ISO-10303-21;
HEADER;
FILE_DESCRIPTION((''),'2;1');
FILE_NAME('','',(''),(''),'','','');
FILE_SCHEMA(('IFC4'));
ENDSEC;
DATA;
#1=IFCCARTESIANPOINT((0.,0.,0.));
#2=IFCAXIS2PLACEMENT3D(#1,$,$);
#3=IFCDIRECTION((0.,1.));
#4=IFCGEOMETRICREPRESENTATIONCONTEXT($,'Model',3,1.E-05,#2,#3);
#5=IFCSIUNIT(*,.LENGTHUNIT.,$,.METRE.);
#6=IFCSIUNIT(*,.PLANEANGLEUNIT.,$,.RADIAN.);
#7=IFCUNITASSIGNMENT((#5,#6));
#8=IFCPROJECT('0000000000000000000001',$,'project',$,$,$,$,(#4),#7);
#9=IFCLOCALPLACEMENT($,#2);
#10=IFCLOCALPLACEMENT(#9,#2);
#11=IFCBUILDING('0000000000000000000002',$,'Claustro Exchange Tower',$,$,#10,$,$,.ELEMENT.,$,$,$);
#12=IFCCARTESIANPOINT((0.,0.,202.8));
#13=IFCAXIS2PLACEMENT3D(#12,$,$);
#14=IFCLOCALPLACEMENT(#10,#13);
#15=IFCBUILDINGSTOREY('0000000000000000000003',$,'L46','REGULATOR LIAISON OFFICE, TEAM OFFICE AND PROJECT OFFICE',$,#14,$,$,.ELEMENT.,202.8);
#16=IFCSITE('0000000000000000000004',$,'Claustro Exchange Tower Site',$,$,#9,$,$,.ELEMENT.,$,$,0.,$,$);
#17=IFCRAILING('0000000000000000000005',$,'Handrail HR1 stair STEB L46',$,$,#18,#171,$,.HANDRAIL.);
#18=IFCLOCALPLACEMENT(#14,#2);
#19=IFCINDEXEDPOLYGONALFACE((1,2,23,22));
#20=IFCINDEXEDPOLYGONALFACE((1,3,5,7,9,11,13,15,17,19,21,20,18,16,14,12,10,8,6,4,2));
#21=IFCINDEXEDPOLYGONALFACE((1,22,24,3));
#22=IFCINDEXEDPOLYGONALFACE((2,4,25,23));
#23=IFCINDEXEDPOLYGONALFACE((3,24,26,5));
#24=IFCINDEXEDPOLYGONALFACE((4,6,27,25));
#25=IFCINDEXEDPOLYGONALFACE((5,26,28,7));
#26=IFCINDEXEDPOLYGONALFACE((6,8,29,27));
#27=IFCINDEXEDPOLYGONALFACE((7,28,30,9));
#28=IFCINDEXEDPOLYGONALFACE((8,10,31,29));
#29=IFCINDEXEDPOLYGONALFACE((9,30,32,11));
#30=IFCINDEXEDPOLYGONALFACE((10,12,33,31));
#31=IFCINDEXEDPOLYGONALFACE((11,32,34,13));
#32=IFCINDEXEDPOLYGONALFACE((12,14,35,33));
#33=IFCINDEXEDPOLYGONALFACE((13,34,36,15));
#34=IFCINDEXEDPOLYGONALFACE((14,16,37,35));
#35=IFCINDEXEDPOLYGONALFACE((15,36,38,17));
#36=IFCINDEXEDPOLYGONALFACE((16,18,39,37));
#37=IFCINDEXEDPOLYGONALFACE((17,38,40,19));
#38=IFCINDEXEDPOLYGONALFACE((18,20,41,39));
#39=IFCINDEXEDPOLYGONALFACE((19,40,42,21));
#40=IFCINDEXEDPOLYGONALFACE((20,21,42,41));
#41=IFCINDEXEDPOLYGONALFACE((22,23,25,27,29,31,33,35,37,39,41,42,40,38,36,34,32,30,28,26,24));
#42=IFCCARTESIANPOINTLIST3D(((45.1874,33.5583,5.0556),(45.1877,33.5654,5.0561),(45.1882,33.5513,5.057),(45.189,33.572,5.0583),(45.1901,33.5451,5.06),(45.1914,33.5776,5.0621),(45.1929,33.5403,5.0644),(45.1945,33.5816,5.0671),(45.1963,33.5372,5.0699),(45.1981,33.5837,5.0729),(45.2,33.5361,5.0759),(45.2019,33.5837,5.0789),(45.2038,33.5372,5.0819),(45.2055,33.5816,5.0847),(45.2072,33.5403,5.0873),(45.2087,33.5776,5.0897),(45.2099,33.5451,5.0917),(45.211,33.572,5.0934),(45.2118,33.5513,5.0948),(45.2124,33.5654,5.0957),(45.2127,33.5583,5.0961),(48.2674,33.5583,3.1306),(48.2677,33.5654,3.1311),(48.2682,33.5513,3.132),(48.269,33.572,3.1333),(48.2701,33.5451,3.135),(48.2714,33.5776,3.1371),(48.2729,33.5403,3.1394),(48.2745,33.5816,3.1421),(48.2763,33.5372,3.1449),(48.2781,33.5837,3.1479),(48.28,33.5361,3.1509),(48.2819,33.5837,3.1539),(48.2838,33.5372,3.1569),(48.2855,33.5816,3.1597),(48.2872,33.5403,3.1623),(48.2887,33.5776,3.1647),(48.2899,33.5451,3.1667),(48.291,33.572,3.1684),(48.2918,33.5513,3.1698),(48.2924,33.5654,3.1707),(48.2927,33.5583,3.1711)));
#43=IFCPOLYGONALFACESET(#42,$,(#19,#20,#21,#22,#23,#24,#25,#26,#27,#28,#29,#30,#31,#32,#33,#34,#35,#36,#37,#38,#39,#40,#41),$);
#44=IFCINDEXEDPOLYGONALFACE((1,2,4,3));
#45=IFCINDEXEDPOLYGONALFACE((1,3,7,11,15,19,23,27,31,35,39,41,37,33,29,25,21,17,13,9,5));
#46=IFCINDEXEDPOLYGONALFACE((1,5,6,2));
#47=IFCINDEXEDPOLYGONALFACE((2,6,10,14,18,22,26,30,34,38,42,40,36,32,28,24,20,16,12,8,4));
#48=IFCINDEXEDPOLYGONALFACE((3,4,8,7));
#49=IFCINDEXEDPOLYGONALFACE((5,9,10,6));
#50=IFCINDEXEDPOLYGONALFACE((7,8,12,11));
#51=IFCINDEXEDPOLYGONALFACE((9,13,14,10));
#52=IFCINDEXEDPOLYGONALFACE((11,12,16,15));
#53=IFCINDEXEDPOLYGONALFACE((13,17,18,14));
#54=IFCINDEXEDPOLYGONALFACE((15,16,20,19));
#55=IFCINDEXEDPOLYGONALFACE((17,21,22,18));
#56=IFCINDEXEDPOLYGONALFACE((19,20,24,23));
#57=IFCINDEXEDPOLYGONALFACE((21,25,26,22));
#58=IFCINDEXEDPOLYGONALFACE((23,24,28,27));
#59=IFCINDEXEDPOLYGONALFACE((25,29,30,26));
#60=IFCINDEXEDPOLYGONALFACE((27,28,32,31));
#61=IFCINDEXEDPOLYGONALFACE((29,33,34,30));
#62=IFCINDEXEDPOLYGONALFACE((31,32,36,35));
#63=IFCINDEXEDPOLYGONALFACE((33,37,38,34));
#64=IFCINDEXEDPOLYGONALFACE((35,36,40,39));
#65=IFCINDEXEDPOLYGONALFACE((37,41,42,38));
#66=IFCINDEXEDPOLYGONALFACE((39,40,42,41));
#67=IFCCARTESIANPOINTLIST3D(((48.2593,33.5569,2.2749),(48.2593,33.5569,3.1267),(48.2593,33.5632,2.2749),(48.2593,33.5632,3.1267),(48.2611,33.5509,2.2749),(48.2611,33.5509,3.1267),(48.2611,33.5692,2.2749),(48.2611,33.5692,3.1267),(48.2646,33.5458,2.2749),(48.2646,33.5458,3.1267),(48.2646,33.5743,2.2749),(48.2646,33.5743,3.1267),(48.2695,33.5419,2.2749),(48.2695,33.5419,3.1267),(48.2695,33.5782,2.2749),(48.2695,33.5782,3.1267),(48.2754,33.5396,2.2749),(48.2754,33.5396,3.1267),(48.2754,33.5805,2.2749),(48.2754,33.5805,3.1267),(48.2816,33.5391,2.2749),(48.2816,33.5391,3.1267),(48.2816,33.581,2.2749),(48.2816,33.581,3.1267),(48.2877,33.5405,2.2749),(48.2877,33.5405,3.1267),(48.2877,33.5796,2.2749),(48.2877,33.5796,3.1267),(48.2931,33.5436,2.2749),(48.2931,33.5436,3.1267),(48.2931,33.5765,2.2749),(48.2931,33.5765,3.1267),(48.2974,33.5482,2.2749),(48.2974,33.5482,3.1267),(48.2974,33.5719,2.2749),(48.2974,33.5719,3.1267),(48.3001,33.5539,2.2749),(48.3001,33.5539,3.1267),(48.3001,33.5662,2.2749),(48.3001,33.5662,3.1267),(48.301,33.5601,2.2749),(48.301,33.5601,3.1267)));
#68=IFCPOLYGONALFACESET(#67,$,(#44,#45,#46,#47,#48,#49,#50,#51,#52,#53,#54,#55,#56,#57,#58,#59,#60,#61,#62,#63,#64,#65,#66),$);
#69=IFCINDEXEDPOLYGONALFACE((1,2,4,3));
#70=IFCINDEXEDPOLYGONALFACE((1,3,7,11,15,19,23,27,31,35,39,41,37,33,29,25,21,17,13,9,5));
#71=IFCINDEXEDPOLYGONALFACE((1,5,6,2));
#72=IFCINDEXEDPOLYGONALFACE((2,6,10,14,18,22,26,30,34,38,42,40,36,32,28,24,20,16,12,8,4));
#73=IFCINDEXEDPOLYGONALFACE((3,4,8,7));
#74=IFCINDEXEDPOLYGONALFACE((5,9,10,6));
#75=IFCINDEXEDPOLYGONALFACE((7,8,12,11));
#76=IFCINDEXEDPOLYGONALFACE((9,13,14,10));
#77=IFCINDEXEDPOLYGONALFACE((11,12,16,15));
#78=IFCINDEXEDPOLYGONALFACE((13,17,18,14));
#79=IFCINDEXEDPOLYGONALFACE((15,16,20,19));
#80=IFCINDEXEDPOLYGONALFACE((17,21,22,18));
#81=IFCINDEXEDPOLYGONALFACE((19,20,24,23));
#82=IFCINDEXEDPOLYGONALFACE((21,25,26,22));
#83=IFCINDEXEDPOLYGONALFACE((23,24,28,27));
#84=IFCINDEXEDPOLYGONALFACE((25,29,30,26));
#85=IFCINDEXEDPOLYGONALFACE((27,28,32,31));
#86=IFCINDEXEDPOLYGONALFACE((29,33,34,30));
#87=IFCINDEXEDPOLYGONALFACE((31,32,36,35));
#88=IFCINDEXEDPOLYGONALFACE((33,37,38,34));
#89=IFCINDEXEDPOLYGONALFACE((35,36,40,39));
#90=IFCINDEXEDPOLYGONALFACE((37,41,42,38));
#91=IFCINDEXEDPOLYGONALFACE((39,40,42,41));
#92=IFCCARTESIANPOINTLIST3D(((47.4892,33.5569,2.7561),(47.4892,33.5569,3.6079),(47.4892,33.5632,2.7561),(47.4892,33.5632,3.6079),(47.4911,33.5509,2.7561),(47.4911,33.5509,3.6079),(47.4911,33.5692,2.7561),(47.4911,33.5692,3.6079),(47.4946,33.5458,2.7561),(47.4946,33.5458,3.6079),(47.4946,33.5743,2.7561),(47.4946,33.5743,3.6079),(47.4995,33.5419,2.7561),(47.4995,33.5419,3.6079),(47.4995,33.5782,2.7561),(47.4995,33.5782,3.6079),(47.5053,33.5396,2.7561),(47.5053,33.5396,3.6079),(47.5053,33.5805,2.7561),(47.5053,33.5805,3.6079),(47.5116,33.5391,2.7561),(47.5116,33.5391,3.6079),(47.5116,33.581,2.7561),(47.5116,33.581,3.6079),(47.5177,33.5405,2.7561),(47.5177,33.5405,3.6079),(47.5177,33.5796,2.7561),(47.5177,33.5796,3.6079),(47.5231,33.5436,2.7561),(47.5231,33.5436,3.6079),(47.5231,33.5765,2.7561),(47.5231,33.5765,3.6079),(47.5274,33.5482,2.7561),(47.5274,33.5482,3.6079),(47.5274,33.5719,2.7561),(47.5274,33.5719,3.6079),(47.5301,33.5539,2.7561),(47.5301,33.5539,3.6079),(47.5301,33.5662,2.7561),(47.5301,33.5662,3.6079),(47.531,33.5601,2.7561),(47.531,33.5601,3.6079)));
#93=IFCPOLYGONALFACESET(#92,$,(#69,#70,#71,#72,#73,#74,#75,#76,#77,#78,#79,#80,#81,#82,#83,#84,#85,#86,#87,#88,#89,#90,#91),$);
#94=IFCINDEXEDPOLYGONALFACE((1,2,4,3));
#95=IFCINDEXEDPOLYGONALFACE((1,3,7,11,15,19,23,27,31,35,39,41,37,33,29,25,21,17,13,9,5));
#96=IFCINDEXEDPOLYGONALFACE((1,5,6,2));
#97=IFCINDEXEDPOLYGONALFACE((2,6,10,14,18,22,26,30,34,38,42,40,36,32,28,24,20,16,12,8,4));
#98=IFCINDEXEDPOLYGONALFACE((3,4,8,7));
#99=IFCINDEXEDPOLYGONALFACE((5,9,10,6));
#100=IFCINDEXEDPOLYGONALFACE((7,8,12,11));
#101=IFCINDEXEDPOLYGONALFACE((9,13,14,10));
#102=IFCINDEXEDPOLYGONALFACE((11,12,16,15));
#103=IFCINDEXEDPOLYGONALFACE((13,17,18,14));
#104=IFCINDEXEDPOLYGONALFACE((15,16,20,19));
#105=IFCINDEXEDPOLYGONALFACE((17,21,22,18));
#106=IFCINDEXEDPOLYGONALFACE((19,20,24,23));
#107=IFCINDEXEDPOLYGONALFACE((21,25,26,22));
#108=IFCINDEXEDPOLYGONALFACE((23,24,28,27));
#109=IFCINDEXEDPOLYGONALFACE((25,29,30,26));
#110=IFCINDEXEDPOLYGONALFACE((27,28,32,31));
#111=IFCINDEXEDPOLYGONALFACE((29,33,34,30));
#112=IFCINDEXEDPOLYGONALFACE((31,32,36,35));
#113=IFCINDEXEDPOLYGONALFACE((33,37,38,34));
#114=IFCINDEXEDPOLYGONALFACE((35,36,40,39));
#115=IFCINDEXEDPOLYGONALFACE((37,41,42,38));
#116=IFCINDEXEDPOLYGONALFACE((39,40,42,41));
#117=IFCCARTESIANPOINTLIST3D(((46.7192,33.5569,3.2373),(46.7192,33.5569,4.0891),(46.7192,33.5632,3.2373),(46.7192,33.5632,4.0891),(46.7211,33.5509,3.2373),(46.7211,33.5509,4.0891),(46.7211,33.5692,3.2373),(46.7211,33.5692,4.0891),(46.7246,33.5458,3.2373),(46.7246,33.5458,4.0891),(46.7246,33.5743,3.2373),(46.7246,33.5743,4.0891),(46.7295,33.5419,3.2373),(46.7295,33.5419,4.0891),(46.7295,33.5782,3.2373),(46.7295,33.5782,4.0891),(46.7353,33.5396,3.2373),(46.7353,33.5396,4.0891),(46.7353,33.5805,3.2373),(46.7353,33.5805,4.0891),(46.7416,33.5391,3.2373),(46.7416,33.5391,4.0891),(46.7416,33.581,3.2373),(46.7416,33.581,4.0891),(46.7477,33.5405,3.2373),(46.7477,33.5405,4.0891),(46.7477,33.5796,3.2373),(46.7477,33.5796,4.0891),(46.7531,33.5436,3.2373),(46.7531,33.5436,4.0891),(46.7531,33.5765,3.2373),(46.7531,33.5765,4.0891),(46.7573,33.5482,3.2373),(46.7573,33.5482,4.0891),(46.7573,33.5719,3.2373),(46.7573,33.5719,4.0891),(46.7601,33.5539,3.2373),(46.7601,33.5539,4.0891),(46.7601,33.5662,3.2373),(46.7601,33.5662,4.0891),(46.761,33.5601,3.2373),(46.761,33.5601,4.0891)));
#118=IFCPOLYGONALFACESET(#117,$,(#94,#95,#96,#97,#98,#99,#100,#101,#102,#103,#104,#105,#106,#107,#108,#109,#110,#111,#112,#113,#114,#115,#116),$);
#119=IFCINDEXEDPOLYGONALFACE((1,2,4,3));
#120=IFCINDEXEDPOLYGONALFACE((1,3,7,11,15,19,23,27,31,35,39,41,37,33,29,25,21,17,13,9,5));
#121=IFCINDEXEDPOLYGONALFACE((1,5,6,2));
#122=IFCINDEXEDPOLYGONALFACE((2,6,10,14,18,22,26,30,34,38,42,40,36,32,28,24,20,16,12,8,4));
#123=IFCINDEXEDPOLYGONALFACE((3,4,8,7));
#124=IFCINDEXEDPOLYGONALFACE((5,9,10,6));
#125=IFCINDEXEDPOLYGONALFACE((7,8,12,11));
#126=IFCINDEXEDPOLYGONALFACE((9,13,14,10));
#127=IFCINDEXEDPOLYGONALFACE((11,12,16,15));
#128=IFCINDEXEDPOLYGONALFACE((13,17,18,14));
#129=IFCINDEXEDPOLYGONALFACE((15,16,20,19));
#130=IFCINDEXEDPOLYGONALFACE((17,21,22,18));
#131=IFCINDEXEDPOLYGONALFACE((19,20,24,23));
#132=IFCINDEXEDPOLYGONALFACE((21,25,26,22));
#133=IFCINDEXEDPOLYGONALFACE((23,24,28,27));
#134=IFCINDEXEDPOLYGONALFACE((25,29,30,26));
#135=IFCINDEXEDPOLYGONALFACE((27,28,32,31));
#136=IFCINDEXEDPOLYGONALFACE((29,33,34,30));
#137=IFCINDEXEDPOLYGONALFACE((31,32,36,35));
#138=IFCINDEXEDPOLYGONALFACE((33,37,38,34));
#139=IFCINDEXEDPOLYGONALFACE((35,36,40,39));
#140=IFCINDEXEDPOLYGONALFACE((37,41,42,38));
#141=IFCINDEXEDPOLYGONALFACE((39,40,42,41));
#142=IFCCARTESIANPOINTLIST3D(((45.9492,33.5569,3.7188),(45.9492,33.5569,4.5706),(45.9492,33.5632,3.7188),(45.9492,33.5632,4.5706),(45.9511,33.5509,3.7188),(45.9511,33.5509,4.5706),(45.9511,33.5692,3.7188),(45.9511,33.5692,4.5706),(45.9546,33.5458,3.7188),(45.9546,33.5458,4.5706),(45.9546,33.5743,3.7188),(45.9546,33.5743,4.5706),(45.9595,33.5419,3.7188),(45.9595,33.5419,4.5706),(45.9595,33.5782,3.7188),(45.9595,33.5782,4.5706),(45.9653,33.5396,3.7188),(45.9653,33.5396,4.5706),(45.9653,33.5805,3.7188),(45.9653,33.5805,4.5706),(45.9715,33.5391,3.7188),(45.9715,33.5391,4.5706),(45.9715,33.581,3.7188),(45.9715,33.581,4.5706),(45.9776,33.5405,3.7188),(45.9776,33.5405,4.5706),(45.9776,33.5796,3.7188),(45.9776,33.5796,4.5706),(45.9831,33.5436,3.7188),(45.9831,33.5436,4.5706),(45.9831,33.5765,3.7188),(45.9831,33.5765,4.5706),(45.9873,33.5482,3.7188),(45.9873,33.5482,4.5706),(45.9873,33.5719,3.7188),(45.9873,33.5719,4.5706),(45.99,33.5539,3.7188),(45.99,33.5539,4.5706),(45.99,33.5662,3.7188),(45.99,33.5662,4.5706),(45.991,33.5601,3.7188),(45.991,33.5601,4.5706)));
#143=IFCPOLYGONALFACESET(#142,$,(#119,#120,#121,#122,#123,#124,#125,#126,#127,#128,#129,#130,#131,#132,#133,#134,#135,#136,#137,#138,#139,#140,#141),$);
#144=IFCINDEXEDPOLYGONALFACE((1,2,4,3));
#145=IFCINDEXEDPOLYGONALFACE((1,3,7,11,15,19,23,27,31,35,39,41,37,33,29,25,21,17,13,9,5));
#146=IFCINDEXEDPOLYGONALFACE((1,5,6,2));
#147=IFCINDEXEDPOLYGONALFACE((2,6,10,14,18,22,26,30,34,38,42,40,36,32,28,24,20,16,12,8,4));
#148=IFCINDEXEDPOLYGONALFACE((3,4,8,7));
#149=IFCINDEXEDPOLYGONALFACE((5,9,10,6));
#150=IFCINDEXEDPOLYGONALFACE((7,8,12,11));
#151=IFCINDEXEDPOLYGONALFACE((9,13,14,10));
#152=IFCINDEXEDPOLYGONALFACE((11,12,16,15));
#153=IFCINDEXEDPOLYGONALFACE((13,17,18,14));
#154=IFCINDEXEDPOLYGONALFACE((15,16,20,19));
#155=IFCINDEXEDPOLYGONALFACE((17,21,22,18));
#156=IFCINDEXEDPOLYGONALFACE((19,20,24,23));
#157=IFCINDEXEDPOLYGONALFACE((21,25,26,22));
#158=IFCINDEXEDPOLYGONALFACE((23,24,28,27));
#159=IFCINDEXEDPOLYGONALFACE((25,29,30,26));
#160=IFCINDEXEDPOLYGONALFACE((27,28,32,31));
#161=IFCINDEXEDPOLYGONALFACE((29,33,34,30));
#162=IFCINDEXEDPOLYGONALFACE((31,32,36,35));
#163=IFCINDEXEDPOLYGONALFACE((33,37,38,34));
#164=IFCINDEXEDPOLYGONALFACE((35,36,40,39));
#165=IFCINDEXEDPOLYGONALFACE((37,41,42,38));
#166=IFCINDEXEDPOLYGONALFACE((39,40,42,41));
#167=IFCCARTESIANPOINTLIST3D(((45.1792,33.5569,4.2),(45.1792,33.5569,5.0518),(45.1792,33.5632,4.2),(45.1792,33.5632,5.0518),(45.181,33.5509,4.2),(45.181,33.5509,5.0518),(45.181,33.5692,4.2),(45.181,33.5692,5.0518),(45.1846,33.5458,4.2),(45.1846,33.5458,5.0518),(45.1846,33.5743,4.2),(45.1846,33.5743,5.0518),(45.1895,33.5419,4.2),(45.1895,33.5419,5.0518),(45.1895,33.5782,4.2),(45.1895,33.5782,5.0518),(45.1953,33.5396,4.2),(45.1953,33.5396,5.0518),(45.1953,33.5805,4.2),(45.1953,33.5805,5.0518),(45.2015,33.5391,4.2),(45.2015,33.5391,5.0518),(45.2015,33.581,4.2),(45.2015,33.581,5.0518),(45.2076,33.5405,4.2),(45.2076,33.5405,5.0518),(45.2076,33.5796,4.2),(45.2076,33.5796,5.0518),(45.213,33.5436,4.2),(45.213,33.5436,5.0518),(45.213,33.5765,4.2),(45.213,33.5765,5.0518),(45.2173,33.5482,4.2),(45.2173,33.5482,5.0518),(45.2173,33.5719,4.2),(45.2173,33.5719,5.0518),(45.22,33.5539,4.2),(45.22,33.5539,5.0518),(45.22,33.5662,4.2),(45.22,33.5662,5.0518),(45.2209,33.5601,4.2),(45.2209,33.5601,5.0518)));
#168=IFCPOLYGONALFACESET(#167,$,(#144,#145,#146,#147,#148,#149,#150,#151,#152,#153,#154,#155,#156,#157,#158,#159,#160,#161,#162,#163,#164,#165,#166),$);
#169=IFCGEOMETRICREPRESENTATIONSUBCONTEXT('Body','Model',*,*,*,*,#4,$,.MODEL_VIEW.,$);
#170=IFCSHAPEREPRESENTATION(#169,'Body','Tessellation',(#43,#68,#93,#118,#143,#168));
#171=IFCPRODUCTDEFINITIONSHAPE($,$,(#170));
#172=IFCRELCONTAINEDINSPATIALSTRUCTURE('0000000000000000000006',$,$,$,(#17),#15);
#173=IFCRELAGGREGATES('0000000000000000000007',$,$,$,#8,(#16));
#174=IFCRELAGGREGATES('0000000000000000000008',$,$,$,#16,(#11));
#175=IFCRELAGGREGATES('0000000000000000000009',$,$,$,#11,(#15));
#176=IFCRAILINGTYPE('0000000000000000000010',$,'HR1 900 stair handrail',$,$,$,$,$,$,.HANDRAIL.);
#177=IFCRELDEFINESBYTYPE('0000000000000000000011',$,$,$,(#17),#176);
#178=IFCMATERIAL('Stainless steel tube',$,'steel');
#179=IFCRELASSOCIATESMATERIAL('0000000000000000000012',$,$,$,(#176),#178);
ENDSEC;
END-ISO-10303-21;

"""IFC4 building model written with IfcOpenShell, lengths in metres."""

from ifc_helpers import new_model, si_unit, direction, frame, origin, origin_2d, place, context, subcontext, project, spatial, circle, extrude, material, type_object, element, save


model = new_model("IFC4")

# Units and contexts
model_context = context("Model", 3, precision=1e-05, world=origin(), true_north=direction((0.0, 1.0)))
body_context = subcontext(model_context, "Body", "Model", "MODEL_VIEW")
ifc_project = project(units=[si_unit("LENGTHUNIT", "METRE"), si_unit("PLANEANGLEUNIT", "RADIAN")], contexts=[model_context])

# Site, building, storey
site_placement = place(None, origin())
site = spatial("IfcSite", under=ifc_project, at=site_placement, Name="Claustro Exchange Tower Site", CompositionType="ELEMENT", RefElevation=0.0)
building_placement = place(site_placement, origin())
building = spatial("IfcBuilding", under=site, at=building_placement, Name="Claustro Exchange Tower", CompositionType="ELEMENT")
storey_placement = place(building_placement, frame((0.0, 0.0, 202.8)))
storey = spatial("IfcBuildingStorey", under=building, at=storey_placement, Name="L46", Description="REGULATOR LIAISON OFFICE, TEAM OFFICE AND PROJECT OFFICE", CompositionType="ELEMENT", Elevation=202.8)

# Railing
ifc_material_1 = material(Name="Stainless steel tube", Category="steel")
railing_type_1 = type_object("IfcRailingType", Name="HR1 900 stair handrail", PredefinedType="HANDRAIL", material=ifc_material_1)
railing_1_placement = place(storey_placement, frame((48.28, 33.5601, 2.2749)))
element("IfcRailing", 1, at=railing_1_placement, inside=storey, type_object=railing_type_1, Name="Handrail HR1 stair STEB L46", PredefinedType="HANDRAIL", context=body_context, shape_type="SweptSolid", body=[
    extrude(circle(Radius=0.0239, at=origin_2d()), frame((0.0, 0.0, 0.876), z_axis=(-0.847998, 0.0, 0.529999), x_axis=(0.0, -1.0, 0.0)), (0.0, 0.0, 1.0), 3.6321),
    extrude(circle(Radius=0.021, at=origin_2d()), origin(), (0.0, 0.0, 1.0), 0.8518),
    extrude(circle(Radius=0.021, at=origin_2d()), frame((-0.77, 0.0, 0.4812)), (0.0, 0.0, 1.0), 0.8518),
    extrude(circle(Radius=0.021, at=origin_2d()), frame((-1.54, 0.0, 0.9624)), (0.0, 0.0, 1.0), 0.8518),
    extrude(circle(Radius=0.021, at=origin_2d()), frame((-2.3101, 0.0, 1.4438)), (0.0, 0.0, 1.0), 0.8518),
    extrude(circle(Radius=0.021, at=origin_2d()), frame((-3.0801, 0.0, 1.925)), (0.0, 0.0, 1.0), 0.8518),
])

save(model, "model.ifc")
